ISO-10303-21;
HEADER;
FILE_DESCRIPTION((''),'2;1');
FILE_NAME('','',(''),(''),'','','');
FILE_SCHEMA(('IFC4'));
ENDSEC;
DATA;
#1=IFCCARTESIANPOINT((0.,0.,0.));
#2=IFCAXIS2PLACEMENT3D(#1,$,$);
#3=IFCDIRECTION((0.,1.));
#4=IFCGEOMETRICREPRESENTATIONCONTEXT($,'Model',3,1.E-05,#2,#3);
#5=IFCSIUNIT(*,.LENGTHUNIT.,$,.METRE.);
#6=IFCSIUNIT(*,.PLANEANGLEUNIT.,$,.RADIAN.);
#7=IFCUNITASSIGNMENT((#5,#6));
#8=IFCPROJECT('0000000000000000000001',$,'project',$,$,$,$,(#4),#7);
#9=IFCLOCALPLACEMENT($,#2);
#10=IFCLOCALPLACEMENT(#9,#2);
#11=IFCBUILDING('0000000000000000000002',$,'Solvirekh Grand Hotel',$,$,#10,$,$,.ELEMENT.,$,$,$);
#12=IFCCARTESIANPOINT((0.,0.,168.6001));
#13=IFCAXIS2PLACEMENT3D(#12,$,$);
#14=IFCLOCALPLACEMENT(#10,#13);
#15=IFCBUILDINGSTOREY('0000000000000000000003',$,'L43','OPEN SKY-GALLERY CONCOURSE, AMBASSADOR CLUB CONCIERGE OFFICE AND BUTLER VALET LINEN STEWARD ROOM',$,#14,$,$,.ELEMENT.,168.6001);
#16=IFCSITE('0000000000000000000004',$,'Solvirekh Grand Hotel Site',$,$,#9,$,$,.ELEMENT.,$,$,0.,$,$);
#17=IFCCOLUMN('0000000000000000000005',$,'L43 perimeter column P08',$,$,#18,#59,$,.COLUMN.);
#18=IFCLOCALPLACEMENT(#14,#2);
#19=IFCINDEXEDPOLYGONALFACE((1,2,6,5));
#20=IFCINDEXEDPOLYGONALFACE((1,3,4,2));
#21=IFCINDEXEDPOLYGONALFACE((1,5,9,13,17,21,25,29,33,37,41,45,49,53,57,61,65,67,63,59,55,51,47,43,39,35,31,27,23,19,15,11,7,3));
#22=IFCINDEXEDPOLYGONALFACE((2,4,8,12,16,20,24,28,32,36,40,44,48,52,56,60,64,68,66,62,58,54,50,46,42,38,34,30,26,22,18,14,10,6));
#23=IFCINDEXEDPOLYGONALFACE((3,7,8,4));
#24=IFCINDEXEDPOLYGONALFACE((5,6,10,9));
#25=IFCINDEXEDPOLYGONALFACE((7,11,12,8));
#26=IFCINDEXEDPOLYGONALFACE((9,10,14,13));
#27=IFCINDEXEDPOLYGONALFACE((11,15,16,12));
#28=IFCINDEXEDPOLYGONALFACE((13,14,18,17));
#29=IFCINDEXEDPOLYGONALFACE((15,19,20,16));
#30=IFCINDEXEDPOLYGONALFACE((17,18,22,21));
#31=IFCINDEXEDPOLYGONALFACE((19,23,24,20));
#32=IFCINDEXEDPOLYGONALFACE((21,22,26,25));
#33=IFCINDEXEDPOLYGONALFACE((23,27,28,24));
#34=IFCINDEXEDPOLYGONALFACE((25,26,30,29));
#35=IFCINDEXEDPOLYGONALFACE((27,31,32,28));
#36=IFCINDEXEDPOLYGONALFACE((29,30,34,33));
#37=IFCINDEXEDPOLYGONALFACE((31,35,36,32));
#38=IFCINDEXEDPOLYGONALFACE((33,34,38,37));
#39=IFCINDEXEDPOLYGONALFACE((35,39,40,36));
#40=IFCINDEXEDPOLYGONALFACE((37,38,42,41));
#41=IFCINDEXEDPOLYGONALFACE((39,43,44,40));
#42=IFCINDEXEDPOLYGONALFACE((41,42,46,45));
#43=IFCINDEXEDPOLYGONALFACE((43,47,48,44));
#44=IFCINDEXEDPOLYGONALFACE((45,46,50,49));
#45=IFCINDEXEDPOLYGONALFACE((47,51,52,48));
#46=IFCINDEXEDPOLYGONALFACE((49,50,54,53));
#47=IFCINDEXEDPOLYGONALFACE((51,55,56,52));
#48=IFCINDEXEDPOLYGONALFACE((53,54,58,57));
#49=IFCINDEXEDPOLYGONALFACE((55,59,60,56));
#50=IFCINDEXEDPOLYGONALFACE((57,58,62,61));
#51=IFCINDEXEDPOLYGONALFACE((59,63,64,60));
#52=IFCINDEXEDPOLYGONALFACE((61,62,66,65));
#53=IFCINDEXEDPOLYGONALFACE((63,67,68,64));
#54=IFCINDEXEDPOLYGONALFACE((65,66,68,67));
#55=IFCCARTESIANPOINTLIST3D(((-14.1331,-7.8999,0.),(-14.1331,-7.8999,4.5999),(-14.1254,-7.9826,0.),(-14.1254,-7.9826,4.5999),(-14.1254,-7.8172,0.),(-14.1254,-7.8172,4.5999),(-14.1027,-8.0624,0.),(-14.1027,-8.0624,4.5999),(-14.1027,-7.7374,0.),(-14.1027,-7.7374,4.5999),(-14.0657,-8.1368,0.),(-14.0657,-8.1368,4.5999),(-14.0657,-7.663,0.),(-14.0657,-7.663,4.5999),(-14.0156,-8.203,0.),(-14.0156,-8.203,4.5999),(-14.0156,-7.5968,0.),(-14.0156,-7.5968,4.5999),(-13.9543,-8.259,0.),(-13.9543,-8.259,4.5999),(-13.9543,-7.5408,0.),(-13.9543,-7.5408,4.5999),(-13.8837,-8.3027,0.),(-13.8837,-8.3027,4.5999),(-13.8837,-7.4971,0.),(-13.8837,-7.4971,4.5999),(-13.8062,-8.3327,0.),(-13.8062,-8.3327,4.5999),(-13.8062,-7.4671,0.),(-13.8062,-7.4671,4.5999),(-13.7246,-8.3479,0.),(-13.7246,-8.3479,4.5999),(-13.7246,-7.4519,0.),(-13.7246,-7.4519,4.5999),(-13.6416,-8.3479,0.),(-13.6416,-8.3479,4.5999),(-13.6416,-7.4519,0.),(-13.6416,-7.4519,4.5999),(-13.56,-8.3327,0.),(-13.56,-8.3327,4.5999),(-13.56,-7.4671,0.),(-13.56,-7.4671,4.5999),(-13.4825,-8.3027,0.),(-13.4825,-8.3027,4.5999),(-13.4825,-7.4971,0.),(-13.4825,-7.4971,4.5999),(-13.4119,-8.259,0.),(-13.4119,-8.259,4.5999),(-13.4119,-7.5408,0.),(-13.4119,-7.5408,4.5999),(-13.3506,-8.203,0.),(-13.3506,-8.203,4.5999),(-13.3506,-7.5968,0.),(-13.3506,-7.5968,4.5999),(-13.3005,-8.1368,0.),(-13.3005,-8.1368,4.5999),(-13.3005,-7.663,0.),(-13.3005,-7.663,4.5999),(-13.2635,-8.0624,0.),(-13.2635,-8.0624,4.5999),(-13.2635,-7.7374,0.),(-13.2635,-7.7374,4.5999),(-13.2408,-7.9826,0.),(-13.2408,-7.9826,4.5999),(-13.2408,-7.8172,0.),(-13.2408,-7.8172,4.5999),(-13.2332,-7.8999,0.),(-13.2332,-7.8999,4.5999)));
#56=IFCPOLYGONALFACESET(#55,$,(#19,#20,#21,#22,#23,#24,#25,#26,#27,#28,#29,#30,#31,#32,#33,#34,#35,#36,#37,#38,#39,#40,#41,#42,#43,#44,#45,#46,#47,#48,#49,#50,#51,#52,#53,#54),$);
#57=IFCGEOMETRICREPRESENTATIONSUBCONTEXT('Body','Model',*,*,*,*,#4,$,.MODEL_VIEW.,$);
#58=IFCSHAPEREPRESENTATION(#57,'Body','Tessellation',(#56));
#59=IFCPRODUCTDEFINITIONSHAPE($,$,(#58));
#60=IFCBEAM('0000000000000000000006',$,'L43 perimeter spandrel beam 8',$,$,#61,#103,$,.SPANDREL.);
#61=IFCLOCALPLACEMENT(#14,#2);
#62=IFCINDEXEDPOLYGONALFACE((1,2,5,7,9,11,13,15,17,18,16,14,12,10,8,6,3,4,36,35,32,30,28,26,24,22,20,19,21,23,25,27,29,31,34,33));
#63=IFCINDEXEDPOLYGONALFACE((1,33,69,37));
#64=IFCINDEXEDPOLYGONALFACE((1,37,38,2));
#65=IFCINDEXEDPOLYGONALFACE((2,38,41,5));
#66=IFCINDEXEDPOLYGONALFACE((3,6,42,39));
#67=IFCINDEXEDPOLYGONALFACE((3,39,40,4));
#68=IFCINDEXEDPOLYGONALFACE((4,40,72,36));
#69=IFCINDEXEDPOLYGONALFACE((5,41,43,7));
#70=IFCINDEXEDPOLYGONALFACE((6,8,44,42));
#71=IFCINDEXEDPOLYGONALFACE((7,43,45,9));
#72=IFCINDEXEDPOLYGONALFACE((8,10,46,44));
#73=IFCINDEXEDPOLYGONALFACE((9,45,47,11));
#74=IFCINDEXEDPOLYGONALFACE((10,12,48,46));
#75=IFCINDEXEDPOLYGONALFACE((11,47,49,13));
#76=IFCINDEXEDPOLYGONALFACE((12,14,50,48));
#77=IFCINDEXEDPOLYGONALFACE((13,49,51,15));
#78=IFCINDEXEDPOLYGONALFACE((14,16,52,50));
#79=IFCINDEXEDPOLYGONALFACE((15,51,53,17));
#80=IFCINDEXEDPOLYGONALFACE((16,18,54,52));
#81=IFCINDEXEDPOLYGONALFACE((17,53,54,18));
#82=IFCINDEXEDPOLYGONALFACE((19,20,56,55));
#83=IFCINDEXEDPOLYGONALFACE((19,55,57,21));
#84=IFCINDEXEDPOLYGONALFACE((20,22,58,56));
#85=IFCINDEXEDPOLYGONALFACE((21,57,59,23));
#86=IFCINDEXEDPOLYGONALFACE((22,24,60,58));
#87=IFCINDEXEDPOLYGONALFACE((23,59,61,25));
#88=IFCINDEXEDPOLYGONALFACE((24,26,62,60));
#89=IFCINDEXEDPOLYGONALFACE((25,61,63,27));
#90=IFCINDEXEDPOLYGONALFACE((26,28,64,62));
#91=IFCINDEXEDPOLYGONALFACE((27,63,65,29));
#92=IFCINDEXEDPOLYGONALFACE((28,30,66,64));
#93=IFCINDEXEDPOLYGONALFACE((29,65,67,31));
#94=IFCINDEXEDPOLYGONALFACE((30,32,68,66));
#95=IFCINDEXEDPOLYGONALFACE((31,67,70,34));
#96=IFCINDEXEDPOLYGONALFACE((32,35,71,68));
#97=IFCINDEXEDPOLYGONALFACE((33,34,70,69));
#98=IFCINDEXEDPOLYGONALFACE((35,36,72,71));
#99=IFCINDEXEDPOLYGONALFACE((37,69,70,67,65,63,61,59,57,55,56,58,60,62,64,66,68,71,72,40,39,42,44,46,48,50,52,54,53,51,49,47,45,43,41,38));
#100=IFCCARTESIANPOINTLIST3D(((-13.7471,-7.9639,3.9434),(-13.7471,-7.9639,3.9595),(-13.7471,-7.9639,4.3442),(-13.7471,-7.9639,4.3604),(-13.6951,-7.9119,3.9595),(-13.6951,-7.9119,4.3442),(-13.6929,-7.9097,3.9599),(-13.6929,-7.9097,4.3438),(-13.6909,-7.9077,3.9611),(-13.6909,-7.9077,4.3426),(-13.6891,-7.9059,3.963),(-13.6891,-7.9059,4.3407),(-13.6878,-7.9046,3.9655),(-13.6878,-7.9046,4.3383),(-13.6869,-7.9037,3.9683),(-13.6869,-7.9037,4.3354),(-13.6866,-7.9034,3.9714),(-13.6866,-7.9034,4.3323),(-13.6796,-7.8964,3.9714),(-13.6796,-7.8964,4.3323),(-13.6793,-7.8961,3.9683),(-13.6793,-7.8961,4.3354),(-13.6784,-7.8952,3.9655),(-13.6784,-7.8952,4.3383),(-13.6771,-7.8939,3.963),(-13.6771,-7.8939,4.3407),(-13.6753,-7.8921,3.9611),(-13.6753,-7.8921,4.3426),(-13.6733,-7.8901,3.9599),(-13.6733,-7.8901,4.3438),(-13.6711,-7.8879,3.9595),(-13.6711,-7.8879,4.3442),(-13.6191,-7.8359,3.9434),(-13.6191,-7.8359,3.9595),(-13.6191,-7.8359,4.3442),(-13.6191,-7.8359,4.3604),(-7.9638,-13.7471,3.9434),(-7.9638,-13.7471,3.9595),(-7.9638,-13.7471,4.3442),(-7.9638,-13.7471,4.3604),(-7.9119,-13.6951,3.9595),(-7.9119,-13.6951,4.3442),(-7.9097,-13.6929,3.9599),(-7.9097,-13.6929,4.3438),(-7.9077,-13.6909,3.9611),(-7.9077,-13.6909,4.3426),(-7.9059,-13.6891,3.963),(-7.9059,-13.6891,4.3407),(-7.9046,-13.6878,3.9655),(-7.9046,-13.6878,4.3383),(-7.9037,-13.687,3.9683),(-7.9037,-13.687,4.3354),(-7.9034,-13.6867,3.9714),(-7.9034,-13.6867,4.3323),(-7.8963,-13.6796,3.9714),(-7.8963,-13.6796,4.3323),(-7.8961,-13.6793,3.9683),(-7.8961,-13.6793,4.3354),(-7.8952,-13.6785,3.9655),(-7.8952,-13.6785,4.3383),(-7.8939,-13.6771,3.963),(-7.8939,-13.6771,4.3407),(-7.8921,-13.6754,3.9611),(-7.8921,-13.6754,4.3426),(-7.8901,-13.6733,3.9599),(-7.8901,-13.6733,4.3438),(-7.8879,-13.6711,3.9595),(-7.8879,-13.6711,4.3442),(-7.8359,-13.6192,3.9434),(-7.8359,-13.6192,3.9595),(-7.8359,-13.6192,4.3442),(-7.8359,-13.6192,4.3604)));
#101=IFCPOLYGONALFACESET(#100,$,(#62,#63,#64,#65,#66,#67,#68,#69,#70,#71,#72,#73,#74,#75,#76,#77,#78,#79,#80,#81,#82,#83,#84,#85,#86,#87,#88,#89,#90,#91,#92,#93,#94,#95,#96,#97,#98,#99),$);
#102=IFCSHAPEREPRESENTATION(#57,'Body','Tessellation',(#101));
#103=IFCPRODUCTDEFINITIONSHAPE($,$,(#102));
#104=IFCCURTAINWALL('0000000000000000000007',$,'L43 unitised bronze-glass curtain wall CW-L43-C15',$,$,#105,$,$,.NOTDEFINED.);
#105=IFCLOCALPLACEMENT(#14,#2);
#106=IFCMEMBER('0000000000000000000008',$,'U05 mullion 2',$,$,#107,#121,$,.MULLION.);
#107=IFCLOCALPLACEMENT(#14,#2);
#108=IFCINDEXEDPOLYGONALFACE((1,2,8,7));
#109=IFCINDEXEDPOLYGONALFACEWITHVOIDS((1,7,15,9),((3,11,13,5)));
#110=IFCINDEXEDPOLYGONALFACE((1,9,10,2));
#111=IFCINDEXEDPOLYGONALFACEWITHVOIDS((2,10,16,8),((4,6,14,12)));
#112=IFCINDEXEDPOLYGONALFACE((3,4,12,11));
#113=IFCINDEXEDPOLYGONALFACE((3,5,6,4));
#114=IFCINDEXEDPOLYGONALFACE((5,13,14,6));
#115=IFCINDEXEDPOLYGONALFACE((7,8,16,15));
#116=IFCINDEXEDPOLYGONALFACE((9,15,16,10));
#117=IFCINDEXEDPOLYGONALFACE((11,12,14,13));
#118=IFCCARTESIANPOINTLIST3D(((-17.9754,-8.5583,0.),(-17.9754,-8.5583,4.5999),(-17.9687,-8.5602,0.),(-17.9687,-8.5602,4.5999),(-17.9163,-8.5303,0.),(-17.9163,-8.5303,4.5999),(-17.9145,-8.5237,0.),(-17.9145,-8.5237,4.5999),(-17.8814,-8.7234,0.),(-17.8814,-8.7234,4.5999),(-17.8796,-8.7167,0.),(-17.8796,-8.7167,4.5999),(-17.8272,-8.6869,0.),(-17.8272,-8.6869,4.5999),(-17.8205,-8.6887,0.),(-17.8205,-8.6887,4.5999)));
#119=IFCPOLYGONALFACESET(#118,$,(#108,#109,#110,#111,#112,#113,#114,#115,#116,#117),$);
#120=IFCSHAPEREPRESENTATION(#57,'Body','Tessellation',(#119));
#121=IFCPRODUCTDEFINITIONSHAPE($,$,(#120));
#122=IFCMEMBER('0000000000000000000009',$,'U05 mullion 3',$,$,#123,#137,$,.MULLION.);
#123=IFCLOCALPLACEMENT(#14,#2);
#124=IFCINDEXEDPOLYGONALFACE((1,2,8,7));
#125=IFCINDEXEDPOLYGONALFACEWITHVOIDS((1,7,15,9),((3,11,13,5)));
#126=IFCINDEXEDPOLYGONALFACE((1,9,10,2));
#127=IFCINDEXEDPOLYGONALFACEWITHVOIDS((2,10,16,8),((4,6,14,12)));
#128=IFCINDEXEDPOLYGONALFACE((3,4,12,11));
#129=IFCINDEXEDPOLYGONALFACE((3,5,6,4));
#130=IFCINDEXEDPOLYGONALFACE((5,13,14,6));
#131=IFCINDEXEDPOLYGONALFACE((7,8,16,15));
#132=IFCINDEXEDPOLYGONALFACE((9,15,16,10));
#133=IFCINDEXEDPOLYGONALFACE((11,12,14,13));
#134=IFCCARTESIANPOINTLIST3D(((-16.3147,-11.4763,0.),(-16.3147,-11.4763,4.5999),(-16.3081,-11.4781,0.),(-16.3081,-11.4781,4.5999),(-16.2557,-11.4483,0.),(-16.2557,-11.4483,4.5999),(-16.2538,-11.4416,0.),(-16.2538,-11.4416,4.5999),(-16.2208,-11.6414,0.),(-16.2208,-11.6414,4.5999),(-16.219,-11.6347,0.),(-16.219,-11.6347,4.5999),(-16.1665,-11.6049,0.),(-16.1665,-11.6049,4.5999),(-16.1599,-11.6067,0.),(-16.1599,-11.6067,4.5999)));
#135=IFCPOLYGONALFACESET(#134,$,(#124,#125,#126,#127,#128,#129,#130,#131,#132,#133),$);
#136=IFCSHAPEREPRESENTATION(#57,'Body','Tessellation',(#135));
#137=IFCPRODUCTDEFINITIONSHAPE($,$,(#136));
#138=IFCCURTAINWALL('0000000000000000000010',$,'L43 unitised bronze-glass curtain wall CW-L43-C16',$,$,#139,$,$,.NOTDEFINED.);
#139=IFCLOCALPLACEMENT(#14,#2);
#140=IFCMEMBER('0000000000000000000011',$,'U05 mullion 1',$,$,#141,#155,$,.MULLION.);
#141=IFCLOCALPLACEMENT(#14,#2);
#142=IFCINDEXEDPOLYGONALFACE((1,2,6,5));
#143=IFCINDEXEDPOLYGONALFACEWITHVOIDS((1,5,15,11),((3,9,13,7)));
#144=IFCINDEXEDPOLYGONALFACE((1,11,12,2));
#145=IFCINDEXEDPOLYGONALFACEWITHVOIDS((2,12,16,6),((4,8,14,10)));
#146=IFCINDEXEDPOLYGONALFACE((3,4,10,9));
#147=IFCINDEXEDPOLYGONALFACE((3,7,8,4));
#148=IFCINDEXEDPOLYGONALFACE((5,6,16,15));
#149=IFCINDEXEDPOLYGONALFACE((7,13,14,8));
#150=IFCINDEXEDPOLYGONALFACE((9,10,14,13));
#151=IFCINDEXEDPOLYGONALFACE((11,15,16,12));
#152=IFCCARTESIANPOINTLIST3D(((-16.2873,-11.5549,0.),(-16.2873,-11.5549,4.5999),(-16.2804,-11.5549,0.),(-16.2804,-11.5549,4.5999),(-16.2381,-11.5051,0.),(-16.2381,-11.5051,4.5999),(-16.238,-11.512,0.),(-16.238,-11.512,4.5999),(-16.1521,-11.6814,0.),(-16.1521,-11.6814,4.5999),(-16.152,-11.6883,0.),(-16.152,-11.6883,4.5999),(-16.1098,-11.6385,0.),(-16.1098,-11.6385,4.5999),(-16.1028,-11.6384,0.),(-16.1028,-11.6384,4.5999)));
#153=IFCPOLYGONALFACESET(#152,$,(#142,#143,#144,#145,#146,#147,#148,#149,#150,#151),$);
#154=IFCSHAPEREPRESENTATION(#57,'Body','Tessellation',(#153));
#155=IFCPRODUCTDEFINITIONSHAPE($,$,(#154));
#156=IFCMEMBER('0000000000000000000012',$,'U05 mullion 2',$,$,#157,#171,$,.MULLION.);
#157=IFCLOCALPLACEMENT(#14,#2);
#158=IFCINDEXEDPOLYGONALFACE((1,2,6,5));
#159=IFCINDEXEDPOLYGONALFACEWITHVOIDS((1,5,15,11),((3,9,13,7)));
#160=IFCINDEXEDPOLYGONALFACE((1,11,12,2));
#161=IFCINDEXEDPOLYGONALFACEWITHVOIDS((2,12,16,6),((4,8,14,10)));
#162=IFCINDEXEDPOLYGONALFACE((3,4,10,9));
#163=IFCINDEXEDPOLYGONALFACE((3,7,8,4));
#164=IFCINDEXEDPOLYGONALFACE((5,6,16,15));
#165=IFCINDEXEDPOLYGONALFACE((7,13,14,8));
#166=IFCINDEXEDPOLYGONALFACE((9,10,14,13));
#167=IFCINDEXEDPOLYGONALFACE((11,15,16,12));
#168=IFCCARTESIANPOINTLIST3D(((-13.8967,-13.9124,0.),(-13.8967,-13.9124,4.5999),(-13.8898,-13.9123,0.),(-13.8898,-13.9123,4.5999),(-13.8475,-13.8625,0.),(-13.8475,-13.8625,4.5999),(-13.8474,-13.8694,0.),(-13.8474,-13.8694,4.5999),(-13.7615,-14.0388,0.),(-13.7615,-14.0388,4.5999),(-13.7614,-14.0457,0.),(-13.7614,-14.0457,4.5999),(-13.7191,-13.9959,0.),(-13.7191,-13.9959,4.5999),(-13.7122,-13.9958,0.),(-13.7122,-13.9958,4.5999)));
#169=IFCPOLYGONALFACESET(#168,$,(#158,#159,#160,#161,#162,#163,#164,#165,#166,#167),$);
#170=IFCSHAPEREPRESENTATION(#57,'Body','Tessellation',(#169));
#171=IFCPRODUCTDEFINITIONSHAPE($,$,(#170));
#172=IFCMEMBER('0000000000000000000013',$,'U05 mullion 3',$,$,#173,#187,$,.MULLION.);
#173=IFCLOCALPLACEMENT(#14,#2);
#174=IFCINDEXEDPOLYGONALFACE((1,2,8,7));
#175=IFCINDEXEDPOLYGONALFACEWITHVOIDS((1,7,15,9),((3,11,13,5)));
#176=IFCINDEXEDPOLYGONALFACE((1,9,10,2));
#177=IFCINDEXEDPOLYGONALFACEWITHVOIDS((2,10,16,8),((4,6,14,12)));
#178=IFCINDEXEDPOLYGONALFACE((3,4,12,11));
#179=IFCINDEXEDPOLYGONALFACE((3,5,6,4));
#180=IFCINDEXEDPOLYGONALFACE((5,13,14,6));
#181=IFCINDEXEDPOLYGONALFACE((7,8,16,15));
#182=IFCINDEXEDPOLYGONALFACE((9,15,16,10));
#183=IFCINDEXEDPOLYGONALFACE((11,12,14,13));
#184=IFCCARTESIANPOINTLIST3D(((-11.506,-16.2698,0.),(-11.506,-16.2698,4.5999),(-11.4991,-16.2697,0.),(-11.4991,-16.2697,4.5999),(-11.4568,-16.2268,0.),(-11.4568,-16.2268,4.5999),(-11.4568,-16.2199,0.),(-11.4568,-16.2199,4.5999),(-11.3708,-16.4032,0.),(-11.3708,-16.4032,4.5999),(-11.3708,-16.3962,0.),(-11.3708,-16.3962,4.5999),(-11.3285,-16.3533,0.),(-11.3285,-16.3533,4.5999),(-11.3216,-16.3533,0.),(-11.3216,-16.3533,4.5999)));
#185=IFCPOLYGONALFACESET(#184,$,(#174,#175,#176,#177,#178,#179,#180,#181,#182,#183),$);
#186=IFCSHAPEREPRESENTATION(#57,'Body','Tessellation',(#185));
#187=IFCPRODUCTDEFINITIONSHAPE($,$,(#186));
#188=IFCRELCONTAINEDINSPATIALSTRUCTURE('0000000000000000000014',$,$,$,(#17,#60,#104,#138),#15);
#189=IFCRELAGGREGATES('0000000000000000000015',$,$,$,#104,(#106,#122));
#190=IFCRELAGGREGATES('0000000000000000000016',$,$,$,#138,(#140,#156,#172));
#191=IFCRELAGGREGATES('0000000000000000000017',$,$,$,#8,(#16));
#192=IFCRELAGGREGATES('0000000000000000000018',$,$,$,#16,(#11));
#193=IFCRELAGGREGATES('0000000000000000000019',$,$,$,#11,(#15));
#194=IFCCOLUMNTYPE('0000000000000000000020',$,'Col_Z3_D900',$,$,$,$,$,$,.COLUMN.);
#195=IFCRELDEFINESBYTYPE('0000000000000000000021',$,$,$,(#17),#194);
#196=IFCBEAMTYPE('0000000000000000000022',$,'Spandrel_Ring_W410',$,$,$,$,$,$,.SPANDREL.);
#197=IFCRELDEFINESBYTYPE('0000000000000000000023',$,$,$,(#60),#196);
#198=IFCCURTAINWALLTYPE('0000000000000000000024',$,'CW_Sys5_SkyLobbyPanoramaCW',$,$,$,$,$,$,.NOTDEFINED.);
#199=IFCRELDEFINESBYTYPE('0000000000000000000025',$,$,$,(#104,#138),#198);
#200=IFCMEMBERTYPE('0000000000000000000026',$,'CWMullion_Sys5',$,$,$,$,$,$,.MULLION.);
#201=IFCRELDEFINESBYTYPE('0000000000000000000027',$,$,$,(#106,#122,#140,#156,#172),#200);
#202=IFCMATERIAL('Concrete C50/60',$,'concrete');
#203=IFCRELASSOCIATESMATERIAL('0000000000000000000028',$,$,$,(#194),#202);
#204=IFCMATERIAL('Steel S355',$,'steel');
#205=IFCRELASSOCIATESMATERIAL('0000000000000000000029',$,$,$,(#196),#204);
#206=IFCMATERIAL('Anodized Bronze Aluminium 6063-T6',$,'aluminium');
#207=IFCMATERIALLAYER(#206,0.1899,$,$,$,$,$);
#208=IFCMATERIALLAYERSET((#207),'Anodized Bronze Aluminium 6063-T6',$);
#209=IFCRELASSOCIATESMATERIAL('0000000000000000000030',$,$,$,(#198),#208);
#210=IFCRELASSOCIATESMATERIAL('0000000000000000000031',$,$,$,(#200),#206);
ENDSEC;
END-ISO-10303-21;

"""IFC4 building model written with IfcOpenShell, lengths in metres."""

from ifc_helpers import new_model, si_unit, direction, frame, origin, origin_2d, place, context, subcontext, project, spatial, hollow_rectangle, circle, i_section, extrude, source, transform, mapped, material, layer, layer_set, material_profile, profile_set, type_object, element, aggregate, save


model = new_model("IFC4")

# Units and contexts
model_context = context("Model", 3, precision=1e-05, world=origin(), true_north=direction((0.0, 1.0)))
body_context = subcontext(model_context, "Body", "Model", "MODEL_VIEW")
ifc_project = project(units=[si_unit("LENGTHUNIT", "METRE"), si_unit("PLANEANGLEUNIT", "RADIAN")], contexts=[model_context])

# Site, building, storey
site_placement = place(None, origin())
site = spatial("IfcSite", under=ifc_project, at=site_placement, Name="Solvirekh Grand Hotel Site", CompositionType="ELEMENT", RefElevation=0.0)
building_placement = place(site_placement, origin())
building = spatial("IfcBuilding", under=site, at=building_placement, Name="Solvirekh Grand Hotel", CompositionType="ELEMENT")
storey_placement = place(building_placement, frame((0.0, 0.0, 168.6001)))
storey = spatial("IfcBuildingStorey", under=building, at=storey_placement, Name="L43", Description="OPEN SKY-GALLERY CONCOURSE, AMBASSADOR CLUB CONCIERGE OFFICE AND BUTLER VALET LINEN STEWARD ROOM", CompositionType="ELEMENT", Elevation=168.6001)

# Column
ifc_material_1 = material(Name="Concrete C50/60", Category="concrete")
ifc_material_profile_1 = material_profile(ifc_material_1, circle(Radius=0.45, at=origin_2d()), Name="RC CIRC D900")
ifc_profile_set_1 = profile_set([ifc_material_profile_1], Name="Concrete C50/60")
column_type = type_object("IfcColumnType", Name="Col_Z3_D900", PredefinedType="COLUMN", material=ifc_profile_set_1)
column_placement = place(storey_placement, frame((-13.6831, -7.8999, 0.0), z_axis=(0.0, 0.0, 1.0), x_axis=(1.0, 0.0, 0.0)))
element("IfcColumn", 1, at=column_placement, inside=storey, type_object=column_type, Name="L43 perimeter column P08", PredefinedType="COLUMN", context=body_context, shape_type="SweptSolid", body=[
    extrude(circle(Radius=0.45, at=origin_2d()), origin(), (0.0, 0.0, 1.0), 4.5999),
])

# Beam
ifc_material_2 = material(Name="Steel S355", Category="steel")
ifc_material_profile_2 = material_profile(ifc_material_2, i_section(OverallWidth=0.1809, OverallDepth=0.417, WebThickness=0.01, FlangeThickness=0.0161, FilletRadius=0.012, at=origin_2d()), Name="W410X85")
ifc_profile_set_2 = profile_set([ifc_material_profile_2], Name="Steel S355")
beam_type = type_object("IfcBeamType", Name="Spandrel_Ring_W410", PredefinedType="SPANDREL", material=ifc_profile_set_2)
beam_placement = place(storey_placement, frame((-13.6831, -7.8999, 4.1519), z_axis=(0.707107, -0.707107, 0.0), x_axis=(0.707107, 0.707107, 0.0)))
element("IfcBeam", 2, at=beam_placement, inside=storey, type_object=beam_type, Name="L43 perimeter spandrel beam 8", PredefinedType="SPANDREL", context=body_context, shape_type="SweptSolid", body=[
    extrude(i_section(OverallWidth=0.1809, OverallDepth=0.417, WebThickness=0.01, FlangeThickness=0.0161, FilletRadius=0.012, at=origin_2d()), origin(), (0.0, 0.0, 1.0), 8.1787),
])

# Curtain walls, members
ifc_material_3 = material(Name="Anodized Bronze Aluminium 6063-T6", Category="aluminium")
ifc_layer_1 = layer(ifc_material_3, 0.1899)
ifc_layer_set_1 = layer_set([ifc_layer_1], Name="Anodized Bronze Aluminium 6063-T6")
curtain_wall_type = type_object("IfcCurtainWallType", Name="CW_Sys5_SkyLobbyPanoramaCW", PredefinedType="NOTDEFINED", material=ifc_layer_set_1)
curtain_wall_1_placement = place(storey_placement, origin())
curtain_wall_1 = element("IfcCurtainWall", 3, at=curtain_wall_1_placement, inside=storey, type_object=curtain_wall_type, Name="L43 unitised bronze-glass curtain wall CW-L43-C15", PredefinedType="NOTDEFINED")
ifc_material_profile_3 = material_profile(ifc_material_3, hollow_rectangle(XDim=0.0701, YDim=0.1899, WallThickness=0.0049, at=origin_2d()), Name="ALU RHS 190X70X5")
ifc_profile_set_3 = profile_set([ifc_material_profile_3], Name="Anodized Bronze Aluminium 6063-T6")
member_type_1 = type_object("IfcMemberType", Name="CWMullion_Sys5", PredefinedType="MULLION", material=ifc_profile_set_3)
shared_shape_1 = source(origin(), body_context, "Body", "SweptSolid", [
    extrude(hollow_rectangle(XDim=0.0701, YDim=0.1899, WallThickness=0.0049, at=origin_2d()), origin(), (0.0, 0.0, 1.0), 4.5999),
])
member_1_placement = place(storey_placement, frame((-17.8979, -8.6235, 0.0), z_axis=(0.0, 0.0, 1.0), x_axis=(0.869112, 0.494614, 0.0)))
member_1 = element("IfcMember", 4, at=member_1_placement, type_object=member_type_1, Name="U05 mullion 2", PredefinedType="MULLION", context=body_context, shape_type="MappedRepresentation", body=[
    mapped(shared_shape_1, transform((0.0, 0.0, 0.0), x_axis=(1.0, 0.0, 0.0), y_axis=(0.0, 1.0, 0.0), z_axis=(0.0, 0.0, 1.0), scale=1.0)),
])
member_2_placement = place(storey_placement, frame((-16.2373, -11.5415, 0.0), z_axis=(0.0, 0.0, 1.0), x_axis=(0.869112, 0.494614, 0.0)))
member_2 = element("IfcMember", 5, at=member_2_placement, type_object=member_type_1, Name="U05 mullion 3", PredefinedType="MULLION", context=body_context, shape_type="MappedRepresentation", body=[
    mapped(shared_shape_1, transform((0.0, 0.0, 0.0), x_axis=(1.0, 0.0, 0.0), y_axis=(0.0, 1.0, 0.0), z_axis=(0.0, 0.0, 1.0), scale=1.0)),
])
curtain_wall_2_placement = place(storey_placement, origin())
curtain_wall_2 = element("IfcCurtainWall", 6, at=curtain_wall_2_placement, inside=storey, type_object=curtain_wall_type, Name="L43 unitised bronze-glass curtain wall CW-L43-C16", PredefinedType="NOTDEFINED")
member_3_placement = place(storey_placement, frame((-16.1951, -11.5967, 0.0), z_axis=(0.0, 0.0, 1.0), x_axis=(0.702152, 0.712027, 0.0)))
member_3 = element("IfcMember", 7, at=member_3_placement, type_object=member_type_1, Name="U05 mullion 1", PredefinedType="MULLION", context=body_context, shape_type="MappedRepresentation", body=[
    mapped(shared_shape_1, transform((0.0, 0.0, 0.0), x_axis=(1.0, 0.0, 0.0), y_axis=(0.0, 1.0, 0.0), z_axis=(0.0, 0.0, 1.0), scale=1.0)),
])
member_4_placement = place(storey_placement, frame((-13.8044, -13.9541, 0.0), z_axis=(0.0, 0.0, 1.0), x_axis=(0.702152, 0.712027, 0.0)))
member_4 = element("IfcMember", 8, at=member_4_placement, type_object=member_type_1, Name="U05 mullion 2", PredefinedType="MULLION", context=body_context, shape_type="MappedRepresentation", body=[
    mapped(shared_shape_1, transform((0.0, 0.0, 0.0), x_axis=(1.0, 0.0, 0.0), y_axis=(0.0, 1.0, 0.0), z_axis=(0.0, 0.0, 1.0), scale=1.0)),
])
member_5_placement = place(storey_placement, frame((-11.4138, -16.3115, 0.0), z_axis=(0.0, 0.0, 1.0), x_axis=(0.702152, 0.712027, 0.0)))
member_5 = element("IfcMember", 9, at=member_5_placement, type_object=member_type_1, Name="U05 mullion 3", PredefinedType="MULLION", context=body_context, shape_type="MappedRepresentation", body=[
    mapped(shared_shape_1, transform((0.0, 0.0, 0.0), x_axis=(1.0, 0.0, 0.0), y_axis=(0.0, 1.0, 0.0), z_axis=(0.0, 0.0, 1.0), scale=1.0)),
])

aggregate(curtain_wall_1, [member_1, member_2])
aggregate(curtain_wall_2, [member_3, member_4, member_5])

save(model, "model.ifc")
